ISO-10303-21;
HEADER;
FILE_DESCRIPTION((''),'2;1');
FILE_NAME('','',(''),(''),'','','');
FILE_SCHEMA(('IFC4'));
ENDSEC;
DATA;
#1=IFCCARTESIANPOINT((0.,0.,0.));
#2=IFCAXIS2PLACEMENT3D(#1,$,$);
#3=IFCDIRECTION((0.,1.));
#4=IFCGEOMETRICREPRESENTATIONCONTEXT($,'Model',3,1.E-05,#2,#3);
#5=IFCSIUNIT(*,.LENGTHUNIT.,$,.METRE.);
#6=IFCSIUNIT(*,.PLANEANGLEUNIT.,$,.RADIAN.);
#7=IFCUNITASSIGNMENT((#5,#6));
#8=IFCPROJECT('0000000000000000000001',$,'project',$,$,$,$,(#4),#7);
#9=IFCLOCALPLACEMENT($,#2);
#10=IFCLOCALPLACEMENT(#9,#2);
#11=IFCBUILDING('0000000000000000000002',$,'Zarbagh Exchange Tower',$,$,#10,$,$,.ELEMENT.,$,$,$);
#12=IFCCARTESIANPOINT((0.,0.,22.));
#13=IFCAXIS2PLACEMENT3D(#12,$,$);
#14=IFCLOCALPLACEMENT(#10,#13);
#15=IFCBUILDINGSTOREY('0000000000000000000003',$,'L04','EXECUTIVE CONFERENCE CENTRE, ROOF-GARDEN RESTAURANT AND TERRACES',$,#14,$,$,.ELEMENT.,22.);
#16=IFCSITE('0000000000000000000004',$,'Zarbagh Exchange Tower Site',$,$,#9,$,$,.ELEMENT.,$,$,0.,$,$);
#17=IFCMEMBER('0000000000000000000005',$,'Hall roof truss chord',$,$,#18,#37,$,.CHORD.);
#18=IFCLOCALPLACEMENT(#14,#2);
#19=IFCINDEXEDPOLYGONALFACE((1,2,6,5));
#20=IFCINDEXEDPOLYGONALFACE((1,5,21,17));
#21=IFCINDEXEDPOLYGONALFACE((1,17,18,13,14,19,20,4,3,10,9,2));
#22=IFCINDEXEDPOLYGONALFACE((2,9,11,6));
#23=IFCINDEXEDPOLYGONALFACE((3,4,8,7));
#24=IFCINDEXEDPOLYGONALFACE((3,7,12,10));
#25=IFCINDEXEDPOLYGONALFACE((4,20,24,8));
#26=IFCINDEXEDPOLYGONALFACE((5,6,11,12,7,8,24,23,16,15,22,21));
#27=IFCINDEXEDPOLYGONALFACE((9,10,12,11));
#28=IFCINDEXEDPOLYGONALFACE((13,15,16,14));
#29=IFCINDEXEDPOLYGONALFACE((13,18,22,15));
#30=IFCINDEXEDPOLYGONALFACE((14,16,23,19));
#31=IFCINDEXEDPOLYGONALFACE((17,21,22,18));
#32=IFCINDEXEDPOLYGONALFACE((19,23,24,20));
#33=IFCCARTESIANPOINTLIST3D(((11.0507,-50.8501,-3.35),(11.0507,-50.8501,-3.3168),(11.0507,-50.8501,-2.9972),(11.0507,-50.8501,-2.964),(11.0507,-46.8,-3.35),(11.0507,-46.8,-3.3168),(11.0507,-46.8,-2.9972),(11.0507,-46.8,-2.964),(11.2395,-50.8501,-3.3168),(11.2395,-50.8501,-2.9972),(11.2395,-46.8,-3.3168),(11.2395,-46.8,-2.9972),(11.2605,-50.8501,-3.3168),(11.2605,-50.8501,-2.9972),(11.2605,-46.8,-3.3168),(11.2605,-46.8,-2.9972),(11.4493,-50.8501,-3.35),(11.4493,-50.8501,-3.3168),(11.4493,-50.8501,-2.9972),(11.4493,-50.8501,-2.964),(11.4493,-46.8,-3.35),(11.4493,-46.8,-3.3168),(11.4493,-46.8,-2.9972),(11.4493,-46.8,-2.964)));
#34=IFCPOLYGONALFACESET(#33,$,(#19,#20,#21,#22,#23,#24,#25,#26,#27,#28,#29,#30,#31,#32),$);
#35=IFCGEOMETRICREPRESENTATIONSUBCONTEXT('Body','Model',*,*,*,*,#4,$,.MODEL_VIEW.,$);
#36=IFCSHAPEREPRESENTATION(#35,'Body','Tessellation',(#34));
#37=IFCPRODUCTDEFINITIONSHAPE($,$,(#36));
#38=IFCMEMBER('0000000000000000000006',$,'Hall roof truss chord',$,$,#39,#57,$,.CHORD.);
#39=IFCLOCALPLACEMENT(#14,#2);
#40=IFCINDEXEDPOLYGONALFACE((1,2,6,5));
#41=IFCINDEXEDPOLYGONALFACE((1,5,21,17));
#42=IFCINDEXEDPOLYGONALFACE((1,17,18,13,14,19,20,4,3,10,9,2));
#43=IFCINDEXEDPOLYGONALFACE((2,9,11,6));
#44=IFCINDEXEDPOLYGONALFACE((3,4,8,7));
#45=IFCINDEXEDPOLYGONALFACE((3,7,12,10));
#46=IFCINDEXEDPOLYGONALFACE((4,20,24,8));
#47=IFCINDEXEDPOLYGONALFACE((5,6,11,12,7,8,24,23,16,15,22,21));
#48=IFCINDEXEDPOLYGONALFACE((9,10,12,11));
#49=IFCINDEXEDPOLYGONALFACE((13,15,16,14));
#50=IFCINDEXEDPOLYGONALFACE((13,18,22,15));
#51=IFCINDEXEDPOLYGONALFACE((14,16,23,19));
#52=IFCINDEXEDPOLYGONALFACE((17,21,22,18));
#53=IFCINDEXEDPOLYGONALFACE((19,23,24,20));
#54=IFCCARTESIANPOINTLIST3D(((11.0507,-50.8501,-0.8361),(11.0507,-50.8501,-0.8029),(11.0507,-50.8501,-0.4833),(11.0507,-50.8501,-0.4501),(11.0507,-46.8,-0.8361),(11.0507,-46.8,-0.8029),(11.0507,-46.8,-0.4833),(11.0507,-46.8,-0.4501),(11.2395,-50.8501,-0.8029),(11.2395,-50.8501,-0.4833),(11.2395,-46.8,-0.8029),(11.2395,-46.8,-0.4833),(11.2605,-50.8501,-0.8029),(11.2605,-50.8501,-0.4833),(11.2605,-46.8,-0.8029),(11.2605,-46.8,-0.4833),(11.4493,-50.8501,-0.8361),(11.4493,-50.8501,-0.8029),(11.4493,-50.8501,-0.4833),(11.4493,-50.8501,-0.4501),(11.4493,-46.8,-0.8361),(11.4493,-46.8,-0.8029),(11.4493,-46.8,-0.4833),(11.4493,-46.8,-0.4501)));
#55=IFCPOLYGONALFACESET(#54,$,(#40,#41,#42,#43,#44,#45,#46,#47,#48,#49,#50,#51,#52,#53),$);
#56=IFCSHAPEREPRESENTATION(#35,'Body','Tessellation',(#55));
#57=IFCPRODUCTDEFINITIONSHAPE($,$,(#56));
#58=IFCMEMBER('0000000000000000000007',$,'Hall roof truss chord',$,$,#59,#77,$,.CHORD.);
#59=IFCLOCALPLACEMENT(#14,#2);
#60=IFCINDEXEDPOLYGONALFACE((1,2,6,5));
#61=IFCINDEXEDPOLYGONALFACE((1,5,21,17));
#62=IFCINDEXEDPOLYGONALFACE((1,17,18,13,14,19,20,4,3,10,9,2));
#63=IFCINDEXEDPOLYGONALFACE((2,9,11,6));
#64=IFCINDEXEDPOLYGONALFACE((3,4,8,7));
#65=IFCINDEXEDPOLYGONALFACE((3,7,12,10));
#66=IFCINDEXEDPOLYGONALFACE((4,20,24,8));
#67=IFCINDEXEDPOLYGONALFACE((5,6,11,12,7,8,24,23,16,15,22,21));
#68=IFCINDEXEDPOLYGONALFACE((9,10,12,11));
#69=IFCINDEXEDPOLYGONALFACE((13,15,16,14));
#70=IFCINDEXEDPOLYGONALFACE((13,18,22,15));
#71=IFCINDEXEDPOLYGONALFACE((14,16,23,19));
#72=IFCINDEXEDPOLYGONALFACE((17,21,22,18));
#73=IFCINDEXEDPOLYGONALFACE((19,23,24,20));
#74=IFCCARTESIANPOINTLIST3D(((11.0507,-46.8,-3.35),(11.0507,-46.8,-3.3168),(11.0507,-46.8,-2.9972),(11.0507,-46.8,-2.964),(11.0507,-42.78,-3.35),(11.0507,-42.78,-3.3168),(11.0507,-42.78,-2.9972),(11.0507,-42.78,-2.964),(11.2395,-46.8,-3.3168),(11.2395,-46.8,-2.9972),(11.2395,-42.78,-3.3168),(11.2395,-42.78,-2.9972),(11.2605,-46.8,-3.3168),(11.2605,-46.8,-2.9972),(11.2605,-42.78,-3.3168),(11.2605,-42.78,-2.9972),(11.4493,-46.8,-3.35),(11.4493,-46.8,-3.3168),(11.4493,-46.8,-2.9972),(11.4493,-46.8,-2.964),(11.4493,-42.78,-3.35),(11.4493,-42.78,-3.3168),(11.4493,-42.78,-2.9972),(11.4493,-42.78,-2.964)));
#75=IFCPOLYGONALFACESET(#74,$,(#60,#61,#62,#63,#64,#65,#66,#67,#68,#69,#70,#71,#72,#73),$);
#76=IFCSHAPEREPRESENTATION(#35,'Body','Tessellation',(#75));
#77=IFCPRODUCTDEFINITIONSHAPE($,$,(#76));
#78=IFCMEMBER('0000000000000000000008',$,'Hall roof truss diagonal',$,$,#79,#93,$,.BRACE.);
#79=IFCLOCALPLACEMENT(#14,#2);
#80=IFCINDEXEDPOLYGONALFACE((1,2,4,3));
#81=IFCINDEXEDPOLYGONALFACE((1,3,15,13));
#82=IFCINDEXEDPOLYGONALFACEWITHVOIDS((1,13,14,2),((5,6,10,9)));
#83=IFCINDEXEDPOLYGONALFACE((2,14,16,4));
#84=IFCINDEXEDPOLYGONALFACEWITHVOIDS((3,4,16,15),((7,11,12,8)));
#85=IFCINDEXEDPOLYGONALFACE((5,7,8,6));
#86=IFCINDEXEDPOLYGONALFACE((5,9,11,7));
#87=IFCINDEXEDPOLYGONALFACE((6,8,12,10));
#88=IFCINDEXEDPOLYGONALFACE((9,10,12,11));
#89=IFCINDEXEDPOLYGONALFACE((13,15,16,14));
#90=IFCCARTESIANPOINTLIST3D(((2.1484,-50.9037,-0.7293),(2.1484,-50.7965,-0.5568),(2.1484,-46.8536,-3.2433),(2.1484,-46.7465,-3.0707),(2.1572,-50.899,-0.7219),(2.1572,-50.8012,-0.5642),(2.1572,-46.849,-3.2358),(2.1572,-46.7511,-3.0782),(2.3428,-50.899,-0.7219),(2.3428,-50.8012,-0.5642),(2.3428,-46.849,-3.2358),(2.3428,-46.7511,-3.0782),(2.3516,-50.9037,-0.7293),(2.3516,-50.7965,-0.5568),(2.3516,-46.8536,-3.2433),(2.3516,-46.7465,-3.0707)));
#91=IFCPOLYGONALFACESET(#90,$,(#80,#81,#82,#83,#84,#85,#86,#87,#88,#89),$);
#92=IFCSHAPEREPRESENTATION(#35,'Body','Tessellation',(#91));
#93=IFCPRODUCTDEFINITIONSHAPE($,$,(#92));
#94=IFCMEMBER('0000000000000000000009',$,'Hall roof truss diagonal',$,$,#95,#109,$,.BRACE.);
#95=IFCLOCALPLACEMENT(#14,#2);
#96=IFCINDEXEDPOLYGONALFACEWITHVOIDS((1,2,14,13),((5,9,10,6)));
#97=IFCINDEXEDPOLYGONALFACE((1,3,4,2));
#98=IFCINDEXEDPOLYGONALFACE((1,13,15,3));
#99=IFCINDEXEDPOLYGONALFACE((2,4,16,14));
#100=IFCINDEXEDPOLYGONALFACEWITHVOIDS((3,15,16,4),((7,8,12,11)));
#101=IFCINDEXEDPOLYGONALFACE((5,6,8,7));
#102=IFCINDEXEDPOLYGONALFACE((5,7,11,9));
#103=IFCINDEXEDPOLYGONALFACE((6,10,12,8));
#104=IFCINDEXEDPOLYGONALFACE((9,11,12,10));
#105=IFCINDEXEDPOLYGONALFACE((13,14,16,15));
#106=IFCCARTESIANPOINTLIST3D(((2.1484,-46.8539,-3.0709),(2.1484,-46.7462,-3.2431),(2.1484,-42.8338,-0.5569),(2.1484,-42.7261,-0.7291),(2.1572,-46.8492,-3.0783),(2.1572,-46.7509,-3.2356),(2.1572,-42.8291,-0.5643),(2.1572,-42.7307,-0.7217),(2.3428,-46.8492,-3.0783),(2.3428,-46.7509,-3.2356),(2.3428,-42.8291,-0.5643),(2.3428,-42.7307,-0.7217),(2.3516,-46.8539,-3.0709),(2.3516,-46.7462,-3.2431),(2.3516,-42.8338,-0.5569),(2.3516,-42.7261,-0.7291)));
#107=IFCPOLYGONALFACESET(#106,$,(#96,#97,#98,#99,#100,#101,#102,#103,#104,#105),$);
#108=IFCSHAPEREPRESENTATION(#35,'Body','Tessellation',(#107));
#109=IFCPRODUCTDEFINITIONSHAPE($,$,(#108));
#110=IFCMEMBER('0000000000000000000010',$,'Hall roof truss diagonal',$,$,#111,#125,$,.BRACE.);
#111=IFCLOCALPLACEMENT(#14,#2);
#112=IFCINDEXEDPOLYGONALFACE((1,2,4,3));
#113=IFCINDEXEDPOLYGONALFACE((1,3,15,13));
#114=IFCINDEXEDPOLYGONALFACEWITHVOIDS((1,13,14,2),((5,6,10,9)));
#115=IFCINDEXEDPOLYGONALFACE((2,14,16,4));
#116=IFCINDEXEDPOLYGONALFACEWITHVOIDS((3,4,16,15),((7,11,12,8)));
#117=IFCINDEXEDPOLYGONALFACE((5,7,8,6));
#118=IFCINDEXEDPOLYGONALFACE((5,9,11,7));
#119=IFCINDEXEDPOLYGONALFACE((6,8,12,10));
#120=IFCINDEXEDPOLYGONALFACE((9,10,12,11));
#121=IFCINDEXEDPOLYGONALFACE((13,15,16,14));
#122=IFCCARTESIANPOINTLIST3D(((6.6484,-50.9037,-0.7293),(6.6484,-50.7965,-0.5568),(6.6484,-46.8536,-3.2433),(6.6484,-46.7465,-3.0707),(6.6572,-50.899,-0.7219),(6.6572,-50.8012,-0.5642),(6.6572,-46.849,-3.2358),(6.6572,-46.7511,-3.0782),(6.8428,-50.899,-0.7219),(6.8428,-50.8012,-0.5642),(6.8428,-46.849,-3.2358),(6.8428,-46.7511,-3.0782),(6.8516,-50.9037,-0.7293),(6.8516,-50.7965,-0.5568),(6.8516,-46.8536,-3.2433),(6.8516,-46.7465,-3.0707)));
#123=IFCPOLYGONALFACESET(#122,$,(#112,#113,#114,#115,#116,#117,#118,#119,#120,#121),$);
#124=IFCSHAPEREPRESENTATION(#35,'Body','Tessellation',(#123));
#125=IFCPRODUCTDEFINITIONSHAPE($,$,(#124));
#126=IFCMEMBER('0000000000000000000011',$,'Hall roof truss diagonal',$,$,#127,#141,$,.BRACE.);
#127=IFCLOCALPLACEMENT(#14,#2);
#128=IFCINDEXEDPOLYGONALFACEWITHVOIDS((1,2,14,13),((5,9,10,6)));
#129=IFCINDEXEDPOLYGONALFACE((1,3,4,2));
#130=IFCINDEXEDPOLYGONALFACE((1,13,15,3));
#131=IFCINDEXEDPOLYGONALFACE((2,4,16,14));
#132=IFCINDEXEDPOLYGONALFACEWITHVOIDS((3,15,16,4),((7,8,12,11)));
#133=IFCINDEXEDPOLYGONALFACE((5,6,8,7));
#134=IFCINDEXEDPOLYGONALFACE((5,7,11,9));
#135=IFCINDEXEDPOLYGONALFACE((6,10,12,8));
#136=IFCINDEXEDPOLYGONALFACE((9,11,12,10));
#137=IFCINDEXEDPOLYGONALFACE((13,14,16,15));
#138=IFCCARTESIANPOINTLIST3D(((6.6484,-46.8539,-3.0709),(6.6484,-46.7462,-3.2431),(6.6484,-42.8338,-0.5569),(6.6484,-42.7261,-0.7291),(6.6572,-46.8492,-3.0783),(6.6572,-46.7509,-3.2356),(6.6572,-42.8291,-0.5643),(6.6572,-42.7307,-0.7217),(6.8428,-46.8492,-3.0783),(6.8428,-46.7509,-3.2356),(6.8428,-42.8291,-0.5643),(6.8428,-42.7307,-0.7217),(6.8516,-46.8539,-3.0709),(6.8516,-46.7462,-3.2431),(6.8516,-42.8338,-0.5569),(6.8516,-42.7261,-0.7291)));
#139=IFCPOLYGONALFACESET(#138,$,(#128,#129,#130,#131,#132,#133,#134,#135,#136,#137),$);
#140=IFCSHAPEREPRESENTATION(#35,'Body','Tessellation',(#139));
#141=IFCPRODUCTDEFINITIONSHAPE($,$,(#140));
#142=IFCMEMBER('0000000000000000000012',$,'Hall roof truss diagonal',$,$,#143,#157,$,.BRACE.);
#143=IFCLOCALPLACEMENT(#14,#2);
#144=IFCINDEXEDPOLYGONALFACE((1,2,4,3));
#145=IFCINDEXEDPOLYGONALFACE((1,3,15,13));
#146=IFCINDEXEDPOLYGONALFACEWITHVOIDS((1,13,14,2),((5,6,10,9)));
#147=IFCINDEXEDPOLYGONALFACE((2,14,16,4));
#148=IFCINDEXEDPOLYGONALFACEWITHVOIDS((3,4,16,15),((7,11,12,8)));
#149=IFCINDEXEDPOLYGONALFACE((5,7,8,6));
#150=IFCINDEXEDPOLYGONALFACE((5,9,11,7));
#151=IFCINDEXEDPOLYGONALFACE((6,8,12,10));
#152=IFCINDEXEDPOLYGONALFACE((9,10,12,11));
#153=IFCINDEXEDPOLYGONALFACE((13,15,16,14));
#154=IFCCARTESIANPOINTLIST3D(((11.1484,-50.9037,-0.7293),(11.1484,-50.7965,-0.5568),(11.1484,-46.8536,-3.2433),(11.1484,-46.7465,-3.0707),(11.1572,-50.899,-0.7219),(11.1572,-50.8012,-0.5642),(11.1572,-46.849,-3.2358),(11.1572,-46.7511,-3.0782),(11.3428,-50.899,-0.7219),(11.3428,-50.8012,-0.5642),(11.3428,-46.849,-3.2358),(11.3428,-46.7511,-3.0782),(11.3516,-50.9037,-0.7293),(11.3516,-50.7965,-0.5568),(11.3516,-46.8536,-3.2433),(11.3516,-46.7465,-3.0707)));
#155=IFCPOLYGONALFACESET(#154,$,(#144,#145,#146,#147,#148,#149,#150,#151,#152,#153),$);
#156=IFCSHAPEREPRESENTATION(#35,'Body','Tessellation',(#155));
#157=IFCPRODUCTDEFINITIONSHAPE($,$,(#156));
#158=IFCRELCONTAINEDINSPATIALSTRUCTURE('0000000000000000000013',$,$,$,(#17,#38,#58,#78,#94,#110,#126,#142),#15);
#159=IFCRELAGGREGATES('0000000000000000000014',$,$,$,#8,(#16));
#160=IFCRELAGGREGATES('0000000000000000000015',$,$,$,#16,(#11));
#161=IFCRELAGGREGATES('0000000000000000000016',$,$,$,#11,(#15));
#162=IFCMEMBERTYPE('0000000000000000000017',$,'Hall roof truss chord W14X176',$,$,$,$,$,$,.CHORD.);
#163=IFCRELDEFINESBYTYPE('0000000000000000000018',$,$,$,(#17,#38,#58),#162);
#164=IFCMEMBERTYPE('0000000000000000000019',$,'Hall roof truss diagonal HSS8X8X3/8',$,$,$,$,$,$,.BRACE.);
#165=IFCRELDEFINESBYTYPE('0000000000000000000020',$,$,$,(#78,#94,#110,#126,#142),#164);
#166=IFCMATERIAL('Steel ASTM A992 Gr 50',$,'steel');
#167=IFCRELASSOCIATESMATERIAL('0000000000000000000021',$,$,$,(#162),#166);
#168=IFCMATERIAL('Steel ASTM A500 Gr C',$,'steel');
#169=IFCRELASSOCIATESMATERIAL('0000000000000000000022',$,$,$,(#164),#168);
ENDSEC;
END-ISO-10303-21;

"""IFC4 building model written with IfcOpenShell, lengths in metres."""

from ifc_helpers import new_model, si_unit, direction, frame, origin, origin_2d, place, context, subcontext, project, spatial, hollow_rectangle, i_section, extrude, material, material_profile, profile_set, type_object, element, save


model = new_model("IFC4")

# Units and contexts
model_context = context("Model", 3, precision=1e-05, world=origin(), true_north=direction((0.0, 1.0)))
body_context = subcontext(model_context, "Body", "Model", "MODEL_VIEW")
ifc_project = project(units=[si_unit("LENGTHUNIT", "METRE"), si_unit("PLANEANGLEUNIT", "RADIAN")], contexts=[model_context])

# Site, building, storey
site_placement = place(None, origin())
site = spatial("IfcSite", under=ifc_project, at=site_placement, Name="Zarbagh Exchange Tower Site", CompositionType="ELEMENT", RefElevation=0.0)
building_placement = place(site_placement, origin())
building = spatial("IfcBuilding", under=site, at=building_placement, Name="Zarbagh Exchange Tower", CompositionType="ELEMENT")
storey_placement = place(building_placement, frame((0.0, 0.0, 22.0)))
storey = spatial("IfcBuildingStorey", under=building, at=storey_placement, Name="L04", Description="EXECUTIVE CONFERENCE CENTRE, ROOF-GARDEN RESTAURANT AND TERRACES", CompositionType="ELEMENT", Elevation=22.0)

# Members
ifc_material_1 = material(Name="Steel ASTM A992 Gr 50", Category="steel")
ifc_material_profile_1 = material_profile(ifc_material_1, i_section(OverallWidth=0.3987, OverallDepth=0.386, WebThickness=0.021, FlangeThickness=0.0332, at=origin_2d()), Name="W14X176")
ifc_profile_set_1 = profile_set([ifc_material_profile_1], Name="Steel ASTM A992 Gr 50")
member_type_1 = type_object("IfcMemberType", Name="Hall roof truss chord W14X176", PredefinedType="CHORD", material=ifc_profile_set_1)
for number, where, z_axis, x_axis, name in (
    (1, (11.25, -50.8501, -3.157), (0.0, 1.0, 0.0), (-1.0, 0.0, 0.0), "Hall roof truss chord"),
    (2, (11.25, -50.8501, -0.6431), (0.0, 1.0, 0.0), (-1.0, 0.0, 0.0), "Hall roof truss chord"),
):
    element("IfcMember", number, at=place(storey_placement, frame(where, z_axis=z_axis, x_axis=x_axis)), inside=storey, type_object=member_type_1, Name=name, PredefinedType="CHORD", context=body_context, shape_type="SweptSolid", body=[
        extrude(i_section(OverallWidth=0.3987, OverallDepth=0.386, WebThickness=0.021, FlangeThickness=0.0332, at=origin_2d()), origin(), (0.0, 0.0, 1.0), 4.05),
    ])
member_1_placement = place(storey_placement, frame((11.25, -46.8, -3.157), z_axis=(0.0, 1.0, 0.0), x_axis=(-1.0, 0.0, 0.0)))
element("IfcMember", 3, at=member_1_placement, inside=storey, type_object=member_type_1, Name="Hall roof truss chord", PredefinedType="CHORD", context=body_context, shape_type="SweptSolid", body=[
    extrude(i_section(OverallWidth=0.3987, OverallDepth=0.386, WebThickness=0.021, FlangeThickness=0.0332, at=origin_2d()), origin(), (0.0, 0.0, 1.0), 4.02),
])
ifc_material_2 = material(Name="Steel ASTM A500 Gr C", Category="steel")
ifc_material_profile_2 = material_profile(ifc_material_2, hollow_rectangle(XDim=0.2031, YDim=0.2031, WallThickness=0.0088, at=origin_2d()), Name="HSS8X8X3/8")
ifc_profile_set_2 = profile_set([ifc_material_profile_2], Name="Steel ASTM A500 Gr C")
member_type_2 = type_object("IfcMemberType", Name="Hall roof truss diagonal HSS8X8X3/8", PredefinedType="BRACE", material=ifc_profile_set_2)
member_2_placement = place(storey_placement, frame((2.25, -46.8, -3.157), z_axis=(0.0, -0.849631, 0.527377), x_axis=(1.0, 0.0, 0.0)))
element("IfcMember", 4, at=member_2_placement, inside=storey, type_object=member_type_2, Name="Hall roof truss diagonal", PredefinedType="BRACE", context=body_context, shape_type="SweptSolid", body=[
    extrude(hollow_rectangle(XDim=0.2031, YDim=0.2031, WallThickness=0.0088, at=origin_2d()), origin(), (0.0, 0.0, 1.0), 4.7668),
])
member_3_placement = place(storey_placement, frame((2.25, -46.8, -3.157), z_axis=(0.0, 0.847865, 0.530212), x_axis=(-1.0, 0.0, 0.0)))
element("IfcMember", 5, at=member_3_placement, inside=storey, type_object=member_type_2, Name="Hall roof truss diagonal", PredefinedType="BRACE", context=body_context, shape_type="SweptSolid", body=[
    extrude(hollow_rectangle(XDim=0.2031, YDim=0.2031, WallThickness=0.0088, at=origin_2d()), origin(), (0.0, 0.0, 1.0), 4.7415),
])
member_4_placement = place(storey_placement, frame((6.75, -46.8, -3.157), z_axis=(0.0, -0.849631, 0.527377), x_axis=(1.0, 0.0, 0.0)))
element("IfcMember", 6, at=member_4_placement, inside=storey, type_object=member_type_2, Name="Hall roof truss diagonal", PredefinedType="BRACE", context=body_context, shape_type="SweptSolid", body=[
    extrude(hollow_rectangle(XDim=0.2031, YDim=0.2031, WallThickness=0.0088, at=origin_2d()), origin(), (0.0, 0.0, 1.0), 4.7668),
])
member_5_placement = place(storey_placement, frame((6.75, -46.8, -3.157), z_axis=(0.0, 0.847865, 0.530212), x_axis=(-1.0, 0.0, 0.0)))
element("IfcMember", 7, at=member_5_placement, inside=storey, type_object=member_type_2, Name="Hall roof truss diagonal", PredefinedType="BRACE", context=body_context, shape_type="SweptSolid", body=[
    extrude(hollow_rectangle(XDim=0.2031, YDim=0.2031, WallThickness=0.0088, at=origin_2d()), origin(), (0.0, 0.0, 1.0), 4.7415),
])
member_6_placement = place(storey_placement, frame((11.25, -46.8, -3.157), z_axis=(0.0, -0.849631, 0.527377), x_axis=(1.0, 0.0, 0.0)))
element("IfcMember", 8, at=member_6_placement, inside=storey, type_object=member_type_2, Name="Hall roof truss diagonal", PredefinedType="BRACE", context=body_context, shape_type="SweptSolid", body=[
    extrude(hollow_rectangle(XDim=0.2031, YDim=0.2031, WallThickness=0.0088, at=origin_2d()), origin(), (0.0, 0.0, 1.0), 4.7668),
])

save(model, "model.ifc")
